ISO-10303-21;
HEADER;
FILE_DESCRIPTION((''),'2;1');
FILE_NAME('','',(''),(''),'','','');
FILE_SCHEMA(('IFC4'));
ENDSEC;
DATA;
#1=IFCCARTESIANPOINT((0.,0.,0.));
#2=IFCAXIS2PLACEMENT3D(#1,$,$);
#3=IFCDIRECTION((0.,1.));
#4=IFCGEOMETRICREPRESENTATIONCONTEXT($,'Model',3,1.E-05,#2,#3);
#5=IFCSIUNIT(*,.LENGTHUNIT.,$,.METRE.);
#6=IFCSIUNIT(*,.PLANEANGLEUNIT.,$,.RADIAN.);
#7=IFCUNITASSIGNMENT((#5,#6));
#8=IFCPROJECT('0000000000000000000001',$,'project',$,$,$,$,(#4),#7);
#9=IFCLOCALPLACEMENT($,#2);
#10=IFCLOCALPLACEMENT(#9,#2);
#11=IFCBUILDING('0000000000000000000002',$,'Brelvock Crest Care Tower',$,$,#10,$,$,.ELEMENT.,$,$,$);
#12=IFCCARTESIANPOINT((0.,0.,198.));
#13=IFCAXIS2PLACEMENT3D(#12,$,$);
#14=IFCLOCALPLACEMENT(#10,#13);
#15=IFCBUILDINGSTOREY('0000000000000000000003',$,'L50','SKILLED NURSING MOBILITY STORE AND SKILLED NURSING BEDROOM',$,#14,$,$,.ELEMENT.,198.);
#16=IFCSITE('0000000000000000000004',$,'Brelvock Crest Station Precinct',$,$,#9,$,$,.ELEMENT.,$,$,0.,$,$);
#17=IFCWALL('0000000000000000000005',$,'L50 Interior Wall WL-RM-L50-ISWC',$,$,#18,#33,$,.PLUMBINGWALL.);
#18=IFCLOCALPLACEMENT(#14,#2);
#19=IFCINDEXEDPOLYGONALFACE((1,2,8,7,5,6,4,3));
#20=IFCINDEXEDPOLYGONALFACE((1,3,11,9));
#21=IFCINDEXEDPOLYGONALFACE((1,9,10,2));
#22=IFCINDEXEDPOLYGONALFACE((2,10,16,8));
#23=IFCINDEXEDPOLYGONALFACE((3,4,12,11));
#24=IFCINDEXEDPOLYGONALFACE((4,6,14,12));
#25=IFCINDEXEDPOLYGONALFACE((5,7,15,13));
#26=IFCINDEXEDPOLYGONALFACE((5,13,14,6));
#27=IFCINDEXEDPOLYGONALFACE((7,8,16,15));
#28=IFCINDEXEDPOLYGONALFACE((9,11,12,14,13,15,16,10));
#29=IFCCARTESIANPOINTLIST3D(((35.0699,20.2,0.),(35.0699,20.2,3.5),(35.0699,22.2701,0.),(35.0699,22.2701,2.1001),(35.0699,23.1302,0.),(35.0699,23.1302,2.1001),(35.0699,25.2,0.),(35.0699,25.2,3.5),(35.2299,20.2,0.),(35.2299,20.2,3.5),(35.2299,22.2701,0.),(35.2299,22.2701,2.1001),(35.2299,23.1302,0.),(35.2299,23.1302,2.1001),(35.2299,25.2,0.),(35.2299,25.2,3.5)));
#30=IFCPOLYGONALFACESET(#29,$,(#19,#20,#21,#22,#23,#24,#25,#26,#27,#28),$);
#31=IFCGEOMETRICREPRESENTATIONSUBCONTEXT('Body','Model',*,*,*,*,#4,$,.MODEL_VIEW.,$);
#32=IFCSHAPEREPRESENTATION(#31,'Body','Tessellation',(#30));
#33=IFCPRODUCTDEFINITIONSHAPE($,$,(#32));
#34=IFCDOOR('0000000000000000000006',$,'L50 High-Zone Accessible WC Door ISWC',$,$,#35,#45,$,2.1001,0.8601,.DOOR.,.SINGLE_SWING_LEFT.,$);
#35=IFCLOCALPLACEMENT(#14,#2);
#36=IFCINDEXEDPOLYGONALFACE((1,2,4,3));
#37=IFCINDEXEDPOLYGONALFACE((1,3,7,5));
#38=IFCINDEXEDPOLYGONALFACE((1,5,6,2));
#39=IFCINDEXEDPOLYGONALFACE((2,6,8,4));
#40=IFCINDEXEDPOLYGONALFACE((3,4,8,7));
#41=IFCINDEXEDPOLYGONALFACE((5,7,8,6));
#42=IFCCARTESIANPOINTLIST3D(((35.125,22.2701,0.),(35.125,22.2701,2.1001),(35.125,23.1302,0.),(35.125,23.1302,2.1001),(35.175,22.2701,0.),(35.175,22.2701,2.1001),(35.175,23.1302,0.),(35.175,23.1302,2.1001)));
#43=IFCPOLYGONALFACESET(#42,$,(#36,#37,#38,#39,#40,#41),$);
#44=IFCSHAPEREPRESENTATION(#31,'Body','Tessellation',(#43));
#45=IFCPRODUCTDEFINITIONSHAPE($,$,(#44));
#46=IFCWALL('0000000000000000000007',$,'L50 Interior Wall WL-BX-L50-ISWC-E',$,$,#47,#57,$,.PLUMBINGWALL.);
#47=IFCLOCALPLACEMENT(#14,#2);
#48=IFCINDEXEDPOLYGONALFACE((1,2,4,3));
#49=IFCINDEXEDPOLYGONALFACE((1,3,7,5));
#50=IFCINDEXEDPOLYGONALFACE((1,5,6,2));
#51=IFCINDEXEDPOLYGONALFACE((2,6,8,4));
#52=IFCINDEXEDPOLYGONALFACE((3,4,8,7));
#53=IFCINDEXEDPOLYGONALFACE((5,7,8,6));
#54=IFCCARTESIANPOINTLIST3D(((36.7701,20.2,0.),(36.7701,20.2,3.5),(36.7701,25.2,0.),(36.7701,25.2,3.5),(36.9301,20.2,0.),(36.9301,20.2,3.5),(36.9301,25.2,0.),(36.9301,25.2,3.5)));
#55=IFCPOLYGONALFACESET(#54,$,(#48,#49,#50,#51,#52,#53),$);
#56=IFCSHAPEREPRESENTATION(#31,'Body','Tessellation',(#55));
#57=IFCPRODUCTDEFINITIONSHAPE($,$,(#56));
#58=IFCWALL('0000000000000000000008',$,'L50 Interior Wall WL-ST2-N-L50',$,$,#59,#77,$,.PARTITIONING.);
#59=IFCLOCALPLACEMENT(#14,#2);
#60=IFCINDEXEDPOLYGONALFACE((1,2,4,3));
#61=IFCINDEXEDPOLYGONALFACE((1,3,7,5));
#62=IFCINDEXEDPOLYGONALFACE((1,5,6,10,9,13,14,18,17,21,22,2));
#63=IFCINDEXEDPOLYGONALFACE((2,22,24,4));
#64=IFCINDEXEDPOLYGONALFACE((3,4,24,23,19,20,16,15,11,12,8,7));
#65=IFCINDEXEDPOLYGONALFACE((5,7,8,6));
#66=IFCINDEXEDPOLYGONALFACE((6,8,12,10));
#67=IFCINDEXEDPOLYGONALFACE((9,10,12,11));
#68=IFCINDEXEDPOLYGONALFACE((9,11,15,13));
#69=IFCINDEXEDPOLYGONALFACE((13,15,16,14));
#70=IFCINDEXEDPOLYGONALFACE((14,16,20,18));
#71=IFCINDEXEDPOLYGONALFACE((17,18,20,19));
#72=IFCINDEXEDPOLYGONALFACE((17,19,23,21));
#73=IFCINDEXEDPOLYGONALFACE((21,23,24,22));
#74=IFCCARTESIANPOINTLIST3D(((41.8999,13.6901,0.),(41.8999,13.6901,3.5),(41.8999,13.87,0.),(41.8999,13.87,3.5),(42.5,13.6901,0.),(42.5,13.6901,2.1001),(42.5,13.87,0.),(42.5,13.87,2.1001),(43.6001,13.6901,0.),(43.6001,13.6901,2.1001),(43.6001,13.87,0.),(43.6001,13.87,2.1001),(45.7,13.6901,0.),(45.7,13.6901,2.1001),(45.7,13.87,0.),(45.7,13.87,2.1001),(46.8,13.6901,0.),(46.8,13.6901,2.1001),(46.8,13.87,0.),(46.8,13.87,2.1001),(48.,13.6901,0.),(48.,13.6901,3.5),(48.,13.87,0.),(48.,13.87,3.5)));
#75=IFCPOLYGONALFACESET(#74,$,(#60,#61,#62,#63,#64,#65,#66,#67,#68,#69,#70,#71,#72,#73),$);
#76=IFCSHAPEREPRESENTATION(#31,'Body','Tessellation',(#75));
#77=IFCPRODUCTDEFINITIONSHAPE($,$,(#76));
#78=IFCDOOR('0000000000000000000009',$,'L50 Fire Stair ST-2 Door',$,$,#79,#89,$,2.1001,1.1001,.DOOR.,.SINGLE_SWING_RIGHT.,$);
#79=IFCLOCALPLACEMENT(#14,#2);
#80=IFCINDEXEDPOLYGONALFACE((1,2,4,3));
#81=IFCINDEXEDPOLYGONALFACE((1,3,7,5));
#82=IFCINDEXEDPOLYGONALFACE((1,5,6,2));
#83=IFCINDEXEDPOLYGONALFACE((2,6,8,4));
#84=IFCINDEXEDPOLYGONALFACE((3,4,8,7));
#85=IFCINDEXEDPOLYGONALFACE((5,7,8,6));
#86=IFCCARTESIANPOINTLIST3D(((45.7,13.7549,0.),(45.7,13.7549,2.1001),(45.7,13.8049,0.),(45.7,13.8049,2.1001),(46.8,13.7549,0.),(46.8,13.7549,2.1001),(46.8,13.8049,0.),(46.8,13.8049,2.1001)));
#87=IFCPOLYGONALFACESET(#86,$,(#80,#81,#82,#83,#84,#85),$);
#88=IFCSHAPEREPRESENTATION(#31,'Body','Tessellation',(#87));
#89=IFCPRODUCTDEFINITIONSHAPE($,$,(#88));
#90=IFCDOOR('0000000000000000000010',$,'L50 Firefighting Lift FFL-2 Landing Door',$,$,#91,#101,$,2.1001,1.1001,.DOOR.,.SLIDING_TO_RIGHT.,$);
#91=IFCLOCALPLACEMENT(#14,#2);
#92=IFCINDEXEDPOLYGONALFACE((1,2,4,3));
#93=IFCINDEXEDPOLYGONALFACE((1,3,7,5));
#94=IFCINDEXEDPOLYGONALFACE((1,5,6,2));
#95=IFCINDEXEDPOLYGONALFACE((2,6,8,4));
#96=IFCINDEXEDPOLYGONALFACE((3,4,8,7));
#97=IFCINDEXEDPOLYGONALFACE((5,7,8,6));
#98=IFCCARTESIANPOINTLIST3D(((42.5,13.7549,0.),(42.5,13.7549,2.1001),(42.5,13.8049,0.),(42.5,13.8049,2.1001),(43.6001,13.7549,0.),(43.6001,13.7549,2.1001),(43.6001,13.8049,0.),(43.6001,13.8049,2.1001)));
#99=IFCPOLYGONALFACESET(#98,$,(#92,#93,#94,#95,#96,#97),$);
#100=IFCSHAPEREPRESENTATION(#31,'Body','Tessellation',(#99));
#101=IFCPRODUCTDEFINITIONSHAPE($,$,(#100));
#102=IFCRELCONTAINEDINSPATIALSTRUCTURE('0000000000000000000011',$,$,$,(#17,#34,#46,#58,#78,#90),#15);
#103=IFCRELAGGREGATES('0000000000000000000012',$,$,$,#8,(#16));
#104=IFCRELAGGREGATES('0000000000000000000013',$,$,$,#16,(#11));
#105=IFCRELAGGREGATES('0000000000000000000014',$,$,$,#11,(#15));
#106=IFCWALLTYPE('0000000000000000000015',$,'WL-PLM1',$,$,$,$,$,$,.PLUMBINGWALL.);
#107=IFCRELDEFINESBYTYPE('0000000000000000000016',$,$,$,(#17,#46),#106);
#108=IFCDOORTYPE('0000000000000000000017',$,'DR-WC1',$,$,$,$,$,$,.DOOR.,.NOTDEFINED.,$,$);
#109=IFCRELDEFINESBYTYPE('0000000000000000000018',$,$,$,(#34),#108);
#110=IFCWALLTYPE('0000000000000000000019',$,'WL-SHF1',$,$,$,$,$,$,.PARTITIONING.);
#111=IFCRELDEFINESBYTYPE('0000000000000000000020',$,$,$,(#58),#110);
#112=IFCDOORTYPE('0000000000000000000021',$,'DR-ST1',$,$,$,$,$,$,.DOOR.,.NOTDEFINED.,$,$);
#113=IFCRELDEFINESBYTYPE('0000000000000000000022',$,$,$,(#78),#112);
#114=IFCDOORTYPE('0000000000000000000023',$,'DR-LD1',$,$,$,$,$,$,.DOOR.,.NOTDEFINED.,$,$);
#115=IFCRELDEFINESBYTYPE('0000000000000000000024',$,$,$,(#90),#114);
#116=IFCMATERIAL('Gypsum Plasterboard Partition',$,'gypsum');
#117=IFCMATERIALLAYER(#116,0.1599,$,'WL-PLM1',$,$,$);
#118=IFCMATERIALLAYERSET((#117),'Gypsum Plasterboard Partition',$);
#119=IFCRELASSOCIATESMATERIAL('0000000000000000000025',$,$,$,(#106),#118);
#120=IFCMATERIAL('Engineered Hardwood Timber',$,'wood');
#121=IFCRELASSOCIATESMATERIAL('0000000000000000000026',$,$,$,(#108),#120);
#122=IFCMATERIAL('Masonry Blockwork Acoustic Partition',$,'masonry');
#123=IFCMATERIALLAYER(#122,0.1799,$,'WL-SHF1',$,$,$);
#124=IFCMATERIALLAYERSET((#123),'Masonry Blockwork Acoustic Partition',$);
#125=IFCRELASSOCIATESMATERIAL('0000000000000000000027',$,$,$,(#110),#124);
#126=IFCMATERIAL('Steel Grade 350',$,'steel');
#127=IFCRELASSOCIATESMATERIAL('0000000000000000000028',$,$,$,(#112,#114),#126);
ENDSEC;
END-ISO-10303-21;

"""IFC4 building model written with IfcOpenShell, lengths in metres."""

from ifc_helpers import new_model, si_unit, direction, frame, frame_2d, origin, origin_2d, place, context, subcontext, project, spatial, rectangle, extrude, source, transform, mapped, material, layer, layer_set, type_object, element, fill, save


model = new_model("IFC4")

# Units and contexts
model_context = context("Model", 3, precision=1e-05, world=origin(), true_north=direction((0.0, 1.0)))
body_context = subcontext(model_context, "Body", "Model", "MODEL_VIEW")
ifc_project = project(units=[si_unit("LENGTHUNIT", "METRE"), si_unit("PLANEANGLEUNIT", "RADIAN")], contexts=[model_context])

# Site, building, storey
site_placement = place(None, origin())
site = spatial("IfcSite", under=ifc_project, at=site_placement, Name="Brelvock Crest Station Precinct", CompositionType="ELEMENT", RefElevation=0.0)
building_placement = place(site_placement, origin())
building = spatial("IfcBuilding", under=site, at=building_placement, Name="Brelvock Crest Care Tower", CompositionType="ELEMENT")
storey_placement = place(building_placement, frame((0.0, 0.0, 198.0)))
storey = spatial("IfcBuildingStorey", under=building, at=storey_placement, Name="L50", Description="SKILLED NURSING MOBILITY STORE AND SKILLED NURSING BEDROOM", CompositionType="ELEMENT", Elevation=198.0)

# Shared definitions
ifc_material_1 = material(Name="Steel Grade 350", Category="steel")

# Shared definitions
ifc_material_2 = material(Name="Masonry Blockwork Acoustic Partition", Category="masonry")

# Shared definitions
ifc_material_3 = material(Name="Engineered Hardwood Timber", Category="wood")

# Shared definitions
ifc_material_4 = material(Name="Gypsum Plasterboard Partition", Category="gypsum")
ifc_layer_1 = layer(ifc_material_4, 0.1599, Name="WL-PLM1")
ifc_layer_set_1 = layer_set([ifc_layer_1], Name="Gypsum Plasterboard Partition")
wall_type_1 = type_object("IfcWallType", Name="WL-PLM1", PredefinedType="PLUMBINGWALL", material=ifc_layer_set_1)

# Wall, opening, door
wall_1_placement = place(storey_placement, frame((35.1499, 20.2, 0.0), z_axis=(0.0, 0.0, 1.0), x_axis=(0.0, 1.0, 0.0)))
wall_1 = element("IfcWall", 1, at=wall_1_placement, inside=storey, type_object=wall_type_1, Name="L50 Interior Wall WL-RM-L50-ISWC", PredefinedType="PLUMBINGWALL", context=body_context, shape_type="SweptSolid", body=[
    extrude(rectangle(XDim=5.0, YDim=0.1599, at=frame_2d((2.5, 0.0))), origin(), (0.0, 0.0, 1.0), 3.5),
])
opening_1_placement = place(wall_1_placement, frame((2.0701, 0.0, 0.0)))
opening_1 = element("IfcOpeningElement", 2, at=opening_1_placement, cuts=wall_1, PredefinedType="OPENING", context=body_context, shape_type="SweptSolid", body=[
    extrude(rectangle(XDim=0.8601, YDim=2.1001, at=origin_2d()), frame((0.4302, 0.0898, 1.05), z_axis=(0.0, -1.0, 0.0), x_axis=(1.0, 0.0, 0.0)), (0.0, 0.0, 1.0), 0.1799),
])
door_type_1 = type_object("IfcDoorType", Name="DR-WC1", OperationType="NOTDEFINED", PredefinedType="DOOR", material=ifc_material_3)
shared_shape_1 = source(origin(), body_context, "Body", "SweptSolid", [
    extrude(rectangle(XDim=0.8601, YDim=2.1001, at=origin_2d()), frame((0.4302, 0.0249, 1.05), z_axis=(0.0, -1.0, 0.0), x_axis=(1.0, 0.0, 0.0)), (0.0, 0.0, 1.0), 0.05),
])
door_1_placement = place(opening_1_placement, origin())
door_1 = element("IfcDoor", 3, at=door_1_placement, inside=storey, type_object=door_type_1, Name="L50 High-Zone Accessible WC Door ISWC", OperationType="SINGLE_SWING_LEFT", OverallHeight=2.1001, OverallWidth=0.8601, PredefinedType="DOOR", context=body_context, shape_type="MappedRepresentation", body=[
    mapped(shared_shape_1, transform((0.0, 0.0, 0.0), x_axis=(1.0, 0.0, 0.0), y_axis=(0.0, 1.0, 0.0), z_axis=(0.0, 0.0, 1.0), scale=1.0)),
])
fill(opening_1, door_1)

# Wall
wall_2_placement = place(storey_placement, frame((36.8501, 20.2, 0.0), z_axis=(0.0, 0.0, 1.0), x_axis=(0.0, 1.0, 0.0)))
element("IfcWall", 4, at=wall_2_placement, inside=storey, type_object=wall_type_1, Name="L50 Interior Wall WL-BX-L50-ISWC-E", PredefinedType="PLUMBINGWALL", context=body_context, shape_type="SweptSolid", body=[
    extrude(rectangle(XDim=5.0, YDim=0.1599, at=frame_2d((2.5, 0.0))), origin(), (0.0, 0.0, 1.0), 3.5),
])

# Wall, openings, doors
ifc_layer_2 = layer(ifc_material_2, 0.1799, Name="WL-SHF1")
ifc_layer_set_2 = layer_set([ifc_layer_2], Name="Masonry Blockwork Acoustic Partition")
wall_type_2 = type_object("IfcWallType", Name="WL-SHF1", PredefinedType="PARTITIONING", material=ifc_layer_set_2)
wall_3_placement = place(storey_placement, frame((41.8999, 13.78, 0.0), z_axis=(0.0, 0.0, 1.0), x_axis=(1.0, 0.0, 0.0)))
wall_3 = element("IfcWall", 5, at=wall_3_placement, inside=storey, type_object=wall_type_2, Name="L50 Interior Wall WL-ST2-N-L50", PredefinedType="PARTITIONING", context=body_context, shape_type="SweptSolid", body=[
    extrude(rectangle(XDim=6.1001, YDim=0.1799, at=frame_2d((3.05, 0.0))), origin(), (0.0, 0.0, 1.0), 3.5),
])
opening_2_placement = place(wall_3_placement, frame((0.6001, 0.0, 0.0)))
opening_2 = element("IfcOpeningElement", 6, at=opening_2_placement, cuts=wall_3, PredefinedType="OPENING", context=body_context, shape_type="SweptSolid", body=[
    extrude(rectangle(XDim=1.1001, YDim=2.1001, at=origin_2d()), frame((0.55, 0.1001, 1.05), z_axis=(0.0, -1.0, 0.0), x_axis=(1.0, 0.0, 0.0)), (0.0, 0.0, 1.0), 0.2),
])
opening_3_placement = place(wall_3_placement, frame((3.8, 0.0, 0.0)))
opening_3 = element("IfcOpeningElement", 7, at=opening_3_placement, cuts=wall_3, PredefinedType="OPENING", context=body_context, shape_type="SweptSolid", body=[
    extrude(rectangle(XDim=1.1001, YDim=2.1001, at=origin_2d()), frame((0.55, 0.1001, 1.05), z_axis=(0.0, -1.0, 0.0), x_axis=(1.0, 0.0, 0.0)), (0.0, 0.0, 1.0), 0.2),
])
door_type_2 = type_object("IfcDoorType", Name="DR-ST1", OperationType="NOTDEFINED", PredefinedType="DOOR", material=ifc_material_1)
shared_shape_2 = source(origin(), body_context, "Body", "SweptSolid", [
    extrude(rectangle(XDim=1.1001, YDim=2.1001, at=origin_2d()), frame((0.55, 0.0249, 1.05), z_axis=(0.0, -1.0, 0.0), x_axis=(1.0, 0.0, 0.0)), (0.0, 0.0, 1.0), 0.05),
])
door_2_placement = place(opening_3_placement, origin())
door_2 = element("IfcDoor", 8, at=door_2_placement, inside=storey, type_object=door_type_2, Name="L50 Fire Stair ST-2 Door", OperationType="SINGLE_SWING_RIGHT", OverallHeight=2.1001, OverallWidth=1.1001, PredefinedType="DOOR", context=body_context, shape_type="MappedRepresentation", body=[
    mapped(shared_shape_2, transform((0.0, 0.0, 0.0), x_axis=(1.0, 0.0, 0.0), y_axis=(0.0, 1.0, 0.0), z_axis=(0.0, 0.0, 1.0), scale=1.0)),
])
fill(opening_3, door_2)
door_type_3 = type_object("IfcDoorType", Name="DR-LD1", OperationType="NOTDEFINED", PredefinedType="DOOR", material=ifc_material_1)
shared_shape_3 = source(origin(), body_context, "Body", "SweptSolid", [
    extrude(rectangle(XDim=1.1001, YDim=2.1001, at=origin_2d()), frame((0.55, 0.0249, 1.05), z_axis=(0.0, -1.0, 0.0), x_axis=(1.0, 0.0, 0.0)), (0.0, 0.0, 1.0), 0.05),
])
door_3_placement = place(opening_2_placement, origin())
door_3 = element("IfcDoor", 9, at=door_3_placement, inside=storey, type_object=door_type_3, Name="L50 Firefighting Lift FFL-2 Landing Door", OperationType="SLIDING_TO_RIGHT", OverallHeight=2.1001, OverallWidth=1.1001, PredefinedType="DOOR", context=body_context, shape_type="MappedRepresentation", body=[
    mapped(shared_shape_3, transform((0.0, 0.0, 0.0), x_axis=(1.0, 0.0, 0.0), y_axis=(0.0, 1.0, 0.0), z_axis=(0.0, 0.0, 1.0), scale=1.0)),
])
fill(opening_2, door_3)

save(model, "model.ifc")
